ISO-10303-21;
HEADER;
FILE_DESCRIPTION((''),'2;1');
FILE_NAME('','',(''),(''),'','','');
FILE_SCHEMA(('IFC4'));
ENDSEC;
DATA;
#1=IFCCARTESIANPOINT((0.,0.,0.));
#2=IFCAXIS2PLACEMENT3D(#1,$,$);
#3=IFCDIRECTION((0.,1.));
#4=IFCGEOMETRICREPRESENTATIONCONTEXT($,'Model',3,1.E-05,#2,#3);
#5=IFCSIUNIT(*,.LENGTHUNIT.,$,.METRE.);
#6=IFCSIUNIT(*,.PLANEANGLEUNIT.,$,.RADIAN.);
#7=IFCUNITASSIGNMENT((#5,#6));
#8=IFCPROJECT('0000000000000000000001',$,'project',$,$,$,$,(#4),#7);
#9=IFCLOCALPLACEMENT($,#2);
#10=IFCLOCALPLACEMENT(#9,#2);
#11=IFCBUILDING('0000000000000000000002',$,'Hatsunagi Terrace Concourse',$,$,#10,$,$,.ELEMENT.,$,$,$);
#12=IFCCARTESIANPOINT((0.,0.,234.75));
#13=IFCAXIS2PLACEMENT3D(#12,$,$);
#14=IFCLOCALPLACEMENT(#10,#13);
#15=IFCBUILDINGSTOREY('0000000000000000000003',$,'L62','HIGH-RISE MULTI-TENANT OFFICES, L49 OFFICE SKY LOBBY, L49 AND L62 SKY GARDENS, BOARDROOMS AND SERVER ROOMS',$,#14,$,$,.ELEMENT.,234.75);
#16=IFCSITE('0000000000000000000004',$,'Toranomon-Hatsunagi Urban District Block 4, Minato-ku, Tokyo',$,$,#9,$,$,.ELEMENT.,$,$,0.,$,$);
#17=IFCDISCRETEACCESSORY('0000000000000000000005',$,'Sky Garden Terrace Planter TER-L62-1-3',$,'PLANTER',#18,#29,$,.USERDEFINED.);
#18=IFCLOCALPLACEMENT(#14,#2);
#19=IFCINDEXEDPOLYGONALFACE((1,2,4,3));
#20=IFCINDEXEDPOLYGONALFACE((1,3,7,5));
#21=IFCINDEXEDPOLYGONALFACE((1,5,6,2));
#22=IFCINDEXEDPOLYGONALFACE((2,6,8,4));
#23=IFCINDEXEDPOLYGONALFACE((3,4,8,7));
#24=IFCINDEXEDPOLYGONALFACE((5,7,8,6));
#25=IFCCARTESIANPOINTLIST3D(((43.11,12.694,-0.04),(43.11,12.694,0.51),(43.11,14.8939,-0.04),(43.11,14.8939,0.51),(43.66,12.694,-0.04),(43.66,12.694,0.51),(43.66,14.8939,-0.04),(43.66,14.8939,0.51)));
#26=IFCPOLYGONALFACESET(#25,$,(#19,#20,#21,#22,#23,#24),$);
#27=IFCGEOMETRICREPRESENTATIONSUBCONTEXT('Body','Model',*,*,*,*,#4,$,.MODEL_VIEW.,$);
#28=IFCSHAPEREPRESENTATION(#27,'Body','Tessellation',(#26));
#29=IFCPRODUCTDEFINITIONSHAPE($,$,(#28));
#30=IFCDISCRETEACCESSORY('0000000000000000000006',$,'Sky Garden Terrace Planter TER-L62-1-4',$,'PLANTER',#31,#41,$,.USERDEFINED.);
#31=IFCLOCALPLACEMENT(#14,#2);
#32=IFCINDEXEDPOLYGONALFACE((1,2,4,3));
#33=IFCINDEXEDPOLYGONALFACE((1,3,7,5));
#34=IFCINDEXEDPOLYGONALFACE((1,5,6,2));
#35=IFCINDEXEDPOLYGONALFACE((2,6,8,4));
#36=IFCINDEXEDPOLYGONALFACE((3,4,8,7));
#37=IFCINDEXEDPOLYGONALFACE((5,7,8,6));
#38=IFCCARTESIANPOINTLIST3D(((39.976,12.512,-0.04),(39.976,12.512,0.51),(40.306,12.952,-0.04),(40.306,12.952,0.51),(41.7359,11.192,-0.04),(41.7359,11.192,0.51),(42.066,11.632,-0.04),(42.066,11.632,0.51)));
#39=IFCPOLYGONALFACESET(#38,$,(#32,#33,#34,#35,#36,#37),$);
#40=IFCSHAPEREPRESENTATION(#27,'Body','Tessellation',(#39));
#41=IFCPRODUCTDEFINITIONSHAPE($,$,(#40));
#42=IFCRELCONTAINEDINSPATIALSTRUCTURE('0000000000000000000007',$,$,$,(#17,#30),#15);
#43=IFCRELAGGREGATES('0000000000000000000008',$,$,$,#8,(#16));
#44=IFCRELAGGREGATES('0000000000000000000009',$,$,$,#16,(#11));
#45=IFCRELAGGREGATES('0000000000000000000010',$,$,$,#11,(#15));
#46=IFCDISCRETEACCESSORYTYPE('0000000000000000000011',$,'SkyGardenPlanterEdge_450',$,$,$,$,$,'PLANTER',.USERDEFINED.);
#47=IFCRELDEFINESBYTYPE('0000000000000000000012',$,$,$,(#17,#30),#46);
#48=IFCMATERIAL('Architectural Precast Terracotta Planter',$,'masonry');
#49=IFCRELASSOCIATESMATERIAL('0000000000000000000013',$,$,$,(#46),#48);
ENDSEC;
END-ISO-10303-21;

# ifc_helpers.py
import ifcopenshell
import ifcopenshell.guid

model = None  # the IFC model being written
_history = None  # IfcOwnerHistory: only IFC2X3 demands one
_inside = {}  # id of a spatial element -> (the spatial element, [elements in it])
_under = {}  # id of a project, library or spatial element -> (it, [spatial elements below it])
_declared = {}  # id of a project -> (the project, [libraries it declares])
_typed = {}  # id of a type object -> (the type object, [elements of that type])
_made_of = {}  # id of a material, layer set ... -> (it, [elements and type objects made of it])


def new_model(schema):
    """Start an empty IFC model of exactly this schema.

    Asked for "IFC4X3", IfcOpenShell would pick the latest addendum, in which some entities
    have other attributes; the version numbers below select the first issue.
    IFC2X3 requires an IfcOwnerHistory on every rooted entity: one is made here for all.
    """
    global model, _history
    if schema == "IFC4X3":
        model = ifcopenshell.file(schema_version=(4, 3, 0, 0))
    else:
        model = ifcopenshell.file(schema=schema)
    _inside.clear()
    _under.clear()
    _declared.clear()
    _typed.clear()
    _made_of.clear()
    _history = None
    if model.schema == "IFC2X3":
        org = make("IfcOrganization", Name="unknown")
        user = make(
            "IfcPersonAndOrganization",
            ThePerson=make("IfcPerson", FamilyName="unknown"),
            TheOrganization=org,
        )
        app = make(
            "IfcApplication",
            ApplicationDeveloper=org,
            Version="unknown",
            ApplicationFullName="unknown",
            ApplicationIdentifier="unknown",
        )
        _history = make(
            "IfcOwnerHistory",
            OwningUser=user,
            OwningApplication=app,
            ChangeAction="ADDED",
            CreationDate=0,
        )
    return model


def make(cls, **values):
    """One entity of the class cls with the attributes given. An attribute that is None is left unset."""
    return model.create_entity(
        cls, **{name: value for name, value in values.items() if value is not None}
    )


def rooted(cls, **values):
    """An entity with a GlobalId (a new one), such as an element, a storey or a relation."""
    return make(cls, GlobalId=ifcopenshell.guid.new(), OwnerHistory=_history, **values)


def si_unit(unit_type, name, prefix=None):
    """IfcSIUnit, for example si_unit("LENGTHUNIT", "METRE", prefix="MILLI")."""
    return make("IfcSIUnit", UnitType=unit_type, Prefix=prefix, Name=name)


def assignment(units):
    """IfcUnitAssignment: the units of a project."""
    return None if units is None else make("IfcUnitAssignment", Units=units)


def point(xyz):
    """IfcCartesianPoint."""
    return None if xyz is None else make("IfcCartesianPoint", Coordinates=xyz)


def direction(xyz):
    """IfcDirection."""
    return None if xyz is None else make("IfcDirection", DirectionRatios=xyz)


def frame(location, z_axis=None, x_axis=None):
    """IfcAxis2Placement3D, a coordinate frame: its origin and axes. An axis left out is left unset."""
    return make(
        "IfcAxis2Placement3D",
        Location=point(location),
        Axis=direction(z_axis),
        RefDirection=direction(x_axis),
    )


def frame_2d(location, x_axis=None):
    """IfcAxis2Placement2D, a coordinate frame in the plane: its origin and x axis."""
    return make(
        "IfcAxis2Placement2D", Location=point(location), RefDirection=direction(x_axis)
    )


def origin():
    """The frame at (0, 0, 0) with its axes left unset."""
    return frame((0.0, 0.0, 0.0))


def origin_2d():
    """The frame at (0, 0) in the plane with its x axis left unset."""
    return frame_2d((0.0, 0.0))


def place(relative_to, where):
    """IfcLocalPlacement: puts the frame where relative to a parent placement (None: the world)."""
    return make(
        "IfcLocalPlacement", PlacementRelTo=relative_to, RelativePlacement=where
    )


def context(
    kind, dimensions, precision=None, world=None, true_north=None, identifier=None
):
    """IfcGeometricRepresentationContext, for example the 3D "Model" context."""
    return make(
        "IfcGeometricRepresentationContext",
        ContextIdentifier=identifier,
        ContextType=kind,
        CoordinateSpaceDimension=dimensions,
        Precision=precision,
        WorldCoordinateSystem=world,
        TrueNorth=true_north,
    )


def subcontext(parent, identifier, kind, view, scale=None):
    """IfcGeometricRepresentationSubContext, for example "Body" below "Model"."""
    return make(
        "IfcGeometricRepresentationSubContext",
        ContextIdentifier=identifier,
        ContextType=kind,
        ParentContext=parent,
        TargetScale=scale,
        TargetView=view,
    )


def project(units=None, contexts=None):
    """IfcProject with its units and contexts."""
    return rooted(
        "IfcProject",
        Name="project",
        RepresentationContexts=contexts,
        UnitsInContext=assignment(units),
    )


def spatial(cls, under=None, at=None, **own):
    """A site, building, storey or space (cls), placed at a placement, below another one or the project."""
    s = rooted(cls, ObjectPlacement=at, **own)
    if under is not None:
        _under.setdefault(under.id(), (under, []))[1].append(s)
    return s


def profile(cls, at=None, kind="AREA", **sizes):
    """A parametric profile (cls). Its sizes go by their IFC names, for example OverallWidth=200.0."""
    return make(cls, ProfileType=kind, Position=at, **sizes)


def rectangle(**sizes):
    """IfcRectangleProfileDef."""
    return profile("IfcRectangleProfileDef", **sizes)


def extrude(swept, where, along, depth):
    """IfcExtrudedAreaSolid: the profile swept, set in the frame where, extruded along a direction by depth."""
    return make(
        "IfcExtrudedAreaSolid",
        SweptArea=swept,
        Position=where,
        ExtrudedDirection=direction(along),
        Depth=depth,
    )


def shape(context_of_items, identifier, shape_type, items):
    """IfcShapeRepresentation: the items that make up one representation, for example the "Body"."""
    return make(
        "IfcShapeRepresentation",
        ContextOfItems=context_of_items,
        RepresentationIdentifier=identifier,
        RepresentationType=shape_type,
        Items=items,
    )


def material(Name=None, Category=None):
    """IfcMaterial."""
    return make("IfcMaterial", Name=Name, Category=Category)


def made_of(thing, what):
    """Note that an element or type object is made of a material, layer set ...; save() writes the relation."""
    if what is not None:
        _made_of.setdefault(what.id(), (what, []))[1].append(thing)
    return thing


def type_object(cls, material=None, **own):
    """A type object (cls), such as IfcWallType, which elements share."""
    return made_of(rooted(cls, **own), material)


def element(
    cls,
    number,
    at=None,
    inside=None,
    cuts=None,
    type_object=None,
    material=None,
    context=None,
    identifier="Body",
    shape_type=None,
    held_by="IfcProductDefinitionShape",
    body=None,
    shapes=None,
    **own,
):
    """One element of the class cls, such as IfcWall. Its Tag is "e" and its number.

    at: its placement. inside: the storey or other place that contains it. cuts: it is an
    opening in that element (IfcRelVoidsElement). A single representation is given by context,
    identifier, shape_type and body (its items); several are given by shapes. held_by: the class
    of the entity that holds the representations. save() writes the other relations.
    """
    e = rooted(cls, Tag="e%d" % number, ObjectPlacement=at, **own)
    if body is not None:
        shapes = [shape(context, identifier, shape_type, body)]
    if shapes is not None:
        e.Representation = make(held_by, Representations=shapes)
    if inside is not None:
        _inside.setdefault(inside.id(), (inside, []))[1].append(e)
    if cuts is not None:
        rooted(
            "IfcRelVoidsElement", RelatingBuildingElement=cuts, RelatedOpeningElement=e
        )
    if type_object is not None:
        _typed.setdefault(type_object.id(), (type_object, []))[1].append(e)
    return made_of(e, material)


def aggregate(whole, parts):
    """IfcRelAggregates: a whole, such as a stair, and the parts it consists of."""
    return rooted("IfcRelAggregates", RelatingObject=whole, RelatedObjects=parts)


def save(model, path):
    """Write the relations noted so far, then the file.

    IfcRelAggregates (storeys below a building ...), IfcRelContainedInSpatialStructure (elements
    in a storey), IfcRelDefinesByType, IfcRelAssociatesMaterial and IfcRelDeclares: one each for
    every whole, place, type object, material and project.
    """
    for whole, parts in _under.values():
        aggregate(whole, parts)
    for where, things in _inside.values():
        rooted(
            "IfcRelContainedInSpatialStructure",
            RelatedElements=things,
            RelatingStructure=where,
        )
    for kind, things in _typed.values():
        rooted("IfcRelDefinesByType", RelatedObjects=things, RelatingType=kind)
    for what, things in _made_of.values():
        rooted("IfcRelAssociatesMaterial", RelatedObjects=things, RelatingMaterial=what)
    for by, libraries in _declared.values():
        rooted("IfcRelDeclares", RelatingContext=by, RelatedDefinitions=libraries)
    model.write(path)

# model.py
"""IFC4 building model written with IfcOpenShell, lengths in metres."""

from ifc_helpers import new_model, si_unit, direction, frame, origin, origin_2d, place, context, subcontext, project, spatial, rectangle, extrude, material, type_object, element, save


model = new_model("IFC4")

# Units and contexts
model_context = context("Model", 3, precision=1e-05, world=origin(), true_north=direction((0.0, 1.0)))
body_context = subcontext(model_context, "Body", "Model", "MODEL_VIEW")
ifc_project = project(units=[si_unit("LENGTHUNIT", "METRE"), si_unit("PLANEANGLEUNIT", "RADIAN")], contexts=[model_context])

# Site, building, storey
site_placement = place(None, origin())
site = spatial("IfcSite", under=ifc_project, at=site_placement, Name="Toranomon-Hatsunagi Urban District Block 4, Minato-ku, Tokyo", CompositionType="ELEMENT", RefElevation=0.0)
building_placement = place(site_placement, origin())
building = spatial("IfcBuilding", under=site, at=building_placement, Name="Hatsunagi Terrace Concourse", CompositionType="ELEMENT")
storey_placement = place(building_placement, frame((0.0, 0.0, 234.75)))
storey = spatial("IfcBuildingStorey", under=building, at=storey_placement, Name="L62", Description="HIGH-RISE MULTI-TENANT OFFICES, L49 OFFICE SKY LOBBY, L49 AND L62 SKY GARDENS, BOARDROOMS AND SERVER ROOMS", CompositionType="ELEMENT", Elevation=234.75)

# Discrete accessories
ifc_material_1 = material(Name="Architectural Precast Terracotta Planter", Category="masonry")
discrete_accessory_type = type_object("IfcDiscreteAccessoryType", Name="SkyGardenPlanterEdge_450", ElementType="PLANTER", PredefinedType="USERDEFINED", material=ifc_material_1)
for number, where, z_axis, x_axis, name in (
    (1, (43.385, 13.7939, -0.04), (0.0, 0.0, 1.0), (0.0, -1.0, 0.0), "Sky Garden Terrace Planter TER-L62-1-3"),
    (2, (41.021, 12.072, -0.04), (0.0, 0.0, 1.0), (-0.799988, 0.600015, 0.0), "Sky Garden Terrace Planter TER-L62-1-4"),
):
    element("IfcDiscreteAccessory", number, at=place(storey_placement, frame(where, z_axis=z_axis, x_axis=x_axis)), inside=storey, type_object=discrete_accessory_type, Name=name, ObjectType="PLANTER", PredefinedType="USERDEFINED", context=body_context, shape_type="SweptSolid", body=[
        extrude(rectangle(XDim=2.2, YDim=0.55, at=origin_2d()), origin(), (0.0, 0.0, 1.0), 0.55),
    ])

save(model, "model.ifc")
